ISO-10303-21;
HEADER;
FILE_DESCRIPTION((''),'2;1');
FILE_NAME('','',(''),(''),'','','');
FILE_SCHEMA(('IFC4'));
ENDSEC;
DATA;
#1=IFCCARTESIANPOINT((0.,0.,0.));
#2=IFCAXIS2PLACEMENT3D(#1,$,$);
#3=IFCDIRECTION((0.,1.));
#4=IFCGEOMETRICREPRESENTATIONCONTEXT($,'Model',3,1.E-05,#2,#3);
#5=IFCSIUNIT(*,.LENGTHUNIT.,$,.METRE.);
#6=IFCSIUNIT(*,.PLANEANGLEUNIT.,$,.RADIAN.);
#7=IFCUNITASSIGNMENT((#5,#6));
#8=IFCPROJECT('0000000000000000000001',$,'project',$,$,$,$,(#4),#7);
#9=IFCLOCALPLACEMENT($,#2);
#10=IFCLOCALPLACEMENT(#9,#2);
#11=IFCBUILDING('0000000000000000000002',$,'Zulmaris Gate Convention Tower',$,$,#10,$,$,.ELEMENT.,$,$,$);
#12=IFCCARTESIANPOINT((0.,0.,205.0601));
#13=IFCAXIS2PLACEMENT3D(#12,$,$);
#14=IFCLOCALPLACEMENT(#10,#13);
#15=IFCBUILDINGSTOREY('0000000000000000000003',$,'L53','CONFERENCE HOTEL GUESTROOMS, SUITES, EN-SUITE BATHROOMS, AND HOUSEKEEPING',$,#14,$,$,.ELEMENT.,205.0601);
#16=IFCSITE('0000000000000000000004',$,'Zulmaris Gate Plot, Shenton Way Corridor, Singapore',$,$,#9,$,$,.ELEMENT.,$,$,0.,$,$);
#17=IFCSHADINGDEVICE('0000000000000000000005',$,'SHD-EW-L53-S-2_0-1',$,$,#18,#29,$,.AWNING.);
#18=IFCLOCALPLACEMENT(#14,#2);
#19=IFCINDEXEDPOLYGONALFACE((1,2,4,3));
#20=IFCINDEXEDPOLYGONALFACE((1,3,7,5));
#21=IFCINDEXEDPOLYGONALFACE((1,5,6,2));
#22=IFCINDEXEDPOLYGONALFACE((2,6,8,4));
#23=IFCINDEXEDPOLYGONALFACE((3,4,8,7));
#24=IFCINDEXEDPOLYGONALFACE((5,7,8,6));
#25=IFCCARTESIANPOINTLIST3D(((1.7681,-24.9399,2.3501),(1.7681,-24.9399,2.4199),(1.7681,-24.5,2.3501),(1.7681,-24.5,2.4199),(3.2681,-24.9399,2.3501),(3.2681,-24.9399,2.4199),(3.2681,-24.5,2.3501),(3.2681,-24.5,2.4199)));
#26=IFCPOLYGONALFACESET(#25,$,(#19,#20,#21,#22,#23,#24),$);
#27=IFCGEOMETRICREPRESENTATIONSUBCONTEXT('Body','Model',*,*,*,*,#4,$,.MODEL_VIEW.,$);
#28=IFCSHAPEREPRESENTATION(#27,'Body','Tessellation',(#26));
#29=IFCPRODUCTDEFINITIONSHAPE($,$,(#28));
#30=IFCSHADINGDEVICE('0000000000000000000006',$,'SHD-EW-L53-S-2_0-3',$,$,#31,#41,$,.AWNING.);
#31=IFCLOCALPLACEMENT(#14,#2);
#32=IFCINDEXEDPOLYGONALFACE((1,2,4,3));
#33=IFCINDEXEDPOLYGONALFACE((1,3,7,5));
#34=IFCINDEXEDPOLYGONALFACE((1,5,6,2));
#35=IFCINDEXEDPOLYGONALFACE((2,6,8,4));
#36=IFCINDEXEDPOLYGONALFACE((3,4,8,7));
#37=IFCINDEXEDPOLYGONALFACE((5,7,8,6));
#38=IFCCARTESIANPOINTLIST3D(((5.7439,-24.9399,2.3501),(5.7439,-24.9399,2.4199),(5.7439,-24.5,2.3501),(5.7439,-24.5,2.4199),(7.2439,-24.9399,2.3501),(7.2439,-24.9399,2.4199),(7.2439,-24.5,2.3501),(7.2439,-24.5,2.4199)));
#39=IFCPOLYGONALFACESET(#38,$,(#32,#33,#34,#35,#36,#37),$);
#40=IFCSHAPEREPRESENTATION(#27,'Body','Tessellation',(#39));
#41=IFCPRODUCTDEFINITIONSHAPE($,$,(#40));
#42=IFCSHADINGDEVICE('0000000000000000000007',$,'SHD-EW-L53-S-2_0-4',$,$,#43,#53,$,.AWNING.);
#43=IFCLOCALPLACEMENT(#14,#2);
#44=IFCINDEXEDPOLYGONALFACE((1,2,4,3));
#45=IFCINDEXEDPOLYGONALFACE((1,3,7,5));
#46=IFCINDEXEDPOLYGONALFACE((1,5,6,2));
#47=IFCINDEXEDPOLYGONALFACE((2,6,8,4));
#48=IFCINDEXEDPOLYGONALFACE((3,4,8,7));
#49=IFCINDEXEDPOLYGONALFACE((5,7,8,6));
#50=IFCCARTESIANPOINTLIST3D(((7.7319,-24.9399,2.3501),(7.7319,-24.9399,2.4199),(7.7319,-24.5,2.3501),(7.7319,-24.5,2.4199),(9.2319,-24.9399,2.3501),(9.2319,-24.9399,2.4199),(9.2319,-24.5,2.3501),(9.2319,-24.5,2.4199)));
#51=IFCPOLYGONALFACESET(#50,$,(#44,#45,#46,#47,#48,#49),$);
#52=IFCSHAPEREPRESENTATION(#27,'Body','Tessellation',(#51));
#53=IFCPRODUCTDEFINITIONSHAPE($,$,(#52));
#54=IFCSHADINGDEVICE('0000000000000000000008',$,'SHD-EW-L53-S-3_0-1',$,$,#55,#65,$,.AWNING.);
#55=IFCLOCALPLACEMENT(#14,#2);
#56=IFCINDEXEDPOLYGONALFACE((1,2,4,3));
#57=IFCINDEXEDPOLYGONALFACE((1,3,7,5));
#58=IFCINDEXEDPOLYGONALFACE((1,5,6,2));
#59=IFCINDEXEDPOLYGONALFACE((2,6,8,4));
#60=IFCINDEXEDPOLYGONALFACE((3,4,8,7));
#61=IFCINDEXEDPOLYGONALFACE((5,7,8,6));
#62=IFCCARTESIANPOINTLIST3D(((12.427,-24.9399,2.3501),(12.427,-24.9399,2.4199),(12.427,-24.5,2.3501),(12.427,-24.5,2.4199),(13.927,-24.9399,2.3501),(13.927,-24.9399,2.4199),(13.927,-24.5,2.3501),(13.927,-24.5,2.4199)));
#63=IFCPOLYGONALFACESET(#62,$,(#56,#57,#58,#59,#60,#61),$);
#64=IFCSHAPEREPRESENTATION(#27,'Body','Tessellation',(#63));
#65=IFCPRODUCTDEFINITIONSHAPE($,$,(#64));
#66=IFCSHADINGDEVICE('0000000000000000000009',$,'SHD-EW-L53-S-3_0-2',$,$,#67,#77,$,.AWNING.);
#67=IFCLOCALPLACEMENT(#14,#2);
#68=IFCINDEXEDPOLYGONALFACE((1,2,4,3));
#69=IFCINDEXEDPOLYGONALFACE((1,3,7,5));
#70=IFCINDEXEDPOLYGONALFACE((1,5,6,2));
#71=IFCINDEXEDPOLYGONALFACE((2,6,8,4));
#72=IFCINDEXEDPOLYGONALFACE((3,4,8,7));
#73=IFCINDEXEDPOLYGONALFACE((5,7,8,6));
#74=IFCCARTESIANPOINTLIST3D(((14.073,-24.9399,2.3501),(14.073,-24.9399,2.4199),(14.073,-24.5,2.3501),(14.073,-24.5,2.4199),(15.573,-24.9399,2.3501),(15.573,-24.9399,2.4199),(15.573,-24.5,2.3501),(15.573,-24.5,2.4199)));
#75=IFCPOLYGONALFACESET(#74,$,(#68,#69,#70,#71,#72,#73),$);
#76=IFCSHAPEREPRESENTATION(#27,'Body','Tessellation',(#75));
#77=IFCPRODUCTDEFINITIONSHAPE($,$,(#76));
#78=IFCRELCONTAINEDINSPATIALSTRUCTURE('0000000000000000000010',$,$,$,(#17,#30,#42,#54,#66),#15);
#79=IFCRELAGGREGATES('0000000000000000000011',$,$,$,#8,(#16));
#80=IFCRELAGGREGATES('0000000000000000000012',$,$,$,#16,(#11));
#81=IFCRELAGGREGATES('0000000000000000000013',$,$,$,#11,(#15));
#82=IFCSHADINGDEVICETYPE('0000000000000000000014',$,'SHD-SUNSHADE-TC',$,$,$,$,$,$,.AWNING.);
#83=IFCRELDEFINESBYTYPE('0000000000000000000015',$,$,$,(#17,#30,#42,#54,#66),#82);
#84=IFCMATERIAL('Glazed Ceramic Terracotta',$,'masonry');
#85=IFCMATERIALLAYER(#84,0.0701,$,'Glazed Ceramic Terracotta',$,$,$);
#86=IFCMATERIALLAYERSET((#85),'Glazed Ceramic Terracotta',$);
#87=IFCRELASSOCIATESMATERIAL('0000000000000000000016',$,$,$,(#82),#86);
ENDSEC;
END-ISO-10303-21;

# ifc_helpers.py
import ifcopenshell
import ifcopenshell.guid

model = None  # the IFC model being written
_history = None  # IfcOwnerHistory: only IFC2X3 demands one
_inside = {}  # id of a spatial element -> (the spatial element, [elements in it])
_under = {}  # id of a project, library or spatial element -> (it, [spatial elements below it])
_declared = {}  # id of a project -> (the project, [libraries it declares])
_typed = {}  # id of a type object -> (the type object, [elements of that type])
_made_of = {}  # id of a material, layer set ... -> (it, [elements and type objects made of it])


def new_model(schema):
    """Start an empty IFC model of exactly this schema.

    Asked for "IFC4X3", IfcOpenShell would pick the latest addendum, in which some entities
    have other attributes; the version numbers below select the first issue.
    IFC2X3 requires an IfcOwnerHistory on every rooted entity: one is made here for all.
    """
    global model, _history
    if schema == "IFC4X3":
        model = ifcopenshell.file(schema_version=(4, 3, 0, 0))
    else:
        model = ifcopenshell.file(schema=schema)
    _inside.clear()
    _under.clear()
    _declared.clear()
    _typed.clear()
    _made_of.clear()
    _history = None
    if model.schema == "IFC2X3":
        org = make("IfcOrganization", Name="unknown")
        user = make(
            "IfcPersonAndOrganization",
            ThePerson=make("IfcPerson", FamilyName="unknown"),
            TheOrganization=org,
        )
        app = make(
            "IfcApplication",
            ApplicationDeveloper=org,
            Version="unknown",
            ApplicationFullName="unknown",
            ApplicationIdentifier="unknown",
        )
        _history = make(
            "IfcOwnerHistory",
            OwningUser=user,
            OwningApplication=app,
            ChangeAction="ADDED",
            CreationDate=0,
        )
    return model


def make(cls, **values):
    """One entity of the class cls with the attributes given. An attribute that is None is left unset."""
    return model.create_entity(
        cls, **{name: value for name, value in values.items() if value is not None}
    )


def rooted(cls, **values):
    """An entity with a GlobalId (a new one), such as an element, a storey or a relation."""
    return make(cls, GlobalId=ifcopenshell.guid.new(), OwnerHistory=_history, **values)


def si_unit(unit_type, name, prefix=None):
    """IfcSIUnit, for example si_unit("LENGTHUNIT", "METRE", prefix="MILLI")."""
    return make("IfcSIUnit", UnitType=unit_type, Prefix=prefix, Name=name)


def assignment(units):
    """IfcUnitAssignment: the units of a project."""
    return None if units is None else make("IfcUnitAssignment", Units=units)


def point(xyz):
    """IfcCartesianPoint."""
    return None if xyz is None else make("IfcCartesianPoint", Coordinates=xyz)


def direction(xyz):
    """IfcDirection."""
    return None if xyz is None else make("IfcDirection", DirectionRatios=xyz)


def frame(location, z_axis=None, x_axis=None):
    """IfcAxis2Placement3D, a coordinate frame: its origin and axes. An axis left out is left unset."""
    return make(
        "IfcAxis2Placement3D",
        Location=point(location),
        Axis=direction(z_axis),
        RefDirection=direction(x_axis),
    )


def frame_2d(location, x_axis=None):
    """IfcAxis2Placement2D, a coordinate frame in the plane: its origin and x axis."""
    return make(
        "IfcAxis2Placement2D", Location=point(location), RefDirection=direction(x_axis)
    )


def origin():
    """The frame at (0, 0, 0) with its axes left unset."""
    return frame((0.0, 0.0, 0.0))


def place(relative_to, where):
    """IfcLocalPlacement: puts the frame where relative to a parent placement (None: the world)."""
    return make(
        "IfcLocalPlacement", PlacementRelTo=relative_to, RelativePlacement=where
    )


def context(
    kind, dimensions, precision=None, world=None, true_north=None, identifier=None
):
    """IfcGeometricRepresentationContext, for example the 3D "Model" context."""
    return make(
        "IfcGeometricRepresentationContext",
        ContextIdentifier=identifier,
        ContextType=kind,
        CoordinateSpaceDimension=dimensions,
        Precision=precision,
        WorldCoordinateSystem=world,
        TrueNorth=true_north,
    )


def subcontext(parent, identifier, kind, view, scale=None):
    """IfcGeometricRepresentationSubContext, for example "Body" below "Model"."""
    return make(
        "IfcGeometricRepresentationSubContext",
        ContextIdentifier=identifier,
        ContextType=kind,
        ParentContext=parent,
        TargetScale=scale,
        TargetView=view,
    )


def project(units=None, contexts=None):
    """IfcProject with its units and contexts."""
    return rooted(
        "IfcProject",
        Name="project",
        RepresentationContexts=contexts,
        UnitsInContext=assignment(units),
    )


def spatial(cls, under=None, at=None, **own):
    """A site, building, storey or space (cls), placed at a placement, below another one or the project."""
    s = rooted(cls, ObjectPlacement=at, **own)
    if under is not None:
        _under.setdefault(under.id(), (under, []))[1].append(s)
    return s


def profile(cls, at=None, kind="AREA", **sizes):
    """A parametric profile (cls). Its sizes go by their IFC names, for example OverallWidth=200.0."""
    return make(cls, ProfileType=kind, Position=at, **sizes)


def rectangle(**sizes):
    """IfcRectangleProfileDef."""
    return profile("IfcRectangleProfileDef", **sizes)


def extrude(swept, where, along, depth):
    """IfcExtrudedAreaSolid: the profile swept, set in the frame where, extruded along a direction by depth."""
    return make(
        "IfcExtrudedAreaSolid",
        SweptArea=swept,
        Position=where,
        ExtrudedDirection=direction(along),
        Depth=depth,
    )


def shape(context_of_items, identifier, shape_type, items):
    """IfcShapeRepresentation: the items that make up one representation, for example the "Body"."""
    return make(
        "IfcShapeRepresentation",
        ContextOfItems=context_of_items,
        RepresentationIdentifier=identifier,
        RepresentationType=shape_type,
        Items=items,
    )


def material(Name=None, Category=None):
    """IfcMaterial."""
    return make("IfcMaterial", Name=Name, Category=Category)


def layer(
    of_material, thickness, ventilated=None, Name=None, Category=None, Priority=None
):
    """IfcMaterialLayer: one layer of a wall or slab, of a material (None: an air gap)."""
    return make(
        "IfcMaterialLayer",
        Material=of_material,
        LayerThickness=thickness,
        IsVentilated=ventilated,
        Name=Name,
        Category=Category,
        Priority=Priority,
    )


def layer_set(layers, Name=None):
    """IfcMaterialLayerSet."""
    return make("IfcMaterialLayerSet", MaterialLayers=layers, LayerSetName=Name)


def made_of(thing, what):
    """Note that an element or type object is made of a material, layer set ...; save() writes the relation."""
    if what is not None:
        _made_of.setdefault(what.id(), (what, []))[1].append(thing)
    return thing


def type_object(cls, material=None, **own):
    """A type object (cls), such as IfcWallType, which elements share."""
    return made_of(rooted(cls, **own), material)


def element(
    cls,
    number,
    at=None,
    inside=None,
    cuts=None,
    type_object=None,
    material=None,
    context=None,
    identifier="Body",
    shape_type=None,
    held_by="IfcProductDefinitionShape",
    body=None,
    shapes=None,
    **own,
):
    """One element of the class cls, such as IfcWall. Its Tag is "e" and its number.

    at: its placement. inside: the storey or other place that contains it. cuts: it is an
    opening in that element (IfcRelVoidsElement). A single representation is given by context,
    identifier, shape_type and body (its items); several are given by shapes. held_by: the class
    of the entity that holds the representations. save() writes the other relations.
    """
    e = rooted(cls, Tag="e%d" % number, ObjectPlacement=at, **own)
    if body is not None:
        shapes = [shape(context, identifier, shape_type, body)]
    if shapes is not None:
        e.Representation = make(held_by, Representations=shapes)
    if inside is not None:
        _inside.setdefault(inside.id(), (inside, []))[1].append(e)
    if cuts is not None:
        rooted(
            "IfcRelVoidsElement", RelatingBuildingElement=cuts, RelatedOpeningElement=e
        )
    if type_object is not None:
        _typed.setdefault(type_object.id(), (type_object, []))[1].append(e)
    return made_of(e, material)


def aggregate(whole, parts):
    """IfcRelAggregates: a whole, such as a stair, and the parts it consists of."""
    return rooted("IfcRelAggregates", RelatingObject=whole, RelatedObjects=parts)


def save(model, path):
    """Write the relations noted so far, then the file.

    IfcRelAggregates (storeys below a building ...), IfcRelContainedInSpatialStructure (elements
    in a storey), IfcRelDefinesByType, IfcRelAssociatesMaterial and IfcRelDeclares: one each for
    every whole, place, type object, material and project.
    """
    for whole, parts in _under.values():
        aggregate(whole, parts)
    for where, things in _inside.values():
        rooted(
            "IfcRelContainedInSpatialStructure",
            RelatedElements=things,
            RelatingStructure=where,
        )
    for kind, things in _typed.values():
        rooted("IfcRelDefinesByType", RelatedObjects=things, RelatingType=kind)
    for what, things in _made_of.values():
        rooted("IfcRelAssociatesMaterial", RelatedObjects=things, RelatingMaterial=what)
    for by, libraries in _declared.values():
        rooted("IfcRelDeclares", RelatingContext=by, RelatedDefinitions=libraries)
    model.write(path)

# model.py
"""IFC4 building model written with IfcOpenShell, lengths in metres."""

from ifc_helpers import new_model, si_unit, direction, frame, frame_2d, origin, place, context, subcontext, project, spatial, rectangle, extrude, material, layer, layer_set, type_object, element, save


model = new_model("IFC4")

# Units and contexts
model_context = context("Model", 3, precision=1e-05, world=origin(), true_north=direction((0.0, 1.0)))
body_context = subcontext(model_context, "Body", "Model", "MODEL_VIEW")
ifc_project = project(units=[si_unit("LENGTHUNIT", "METRE"), si_unit("PLANEANGLEUNIT", "RADIAN")], contexts=[model_context])

# Site, building, storey
site_placement = place(None, origin())
site = spatial("IfcSite", under=ifc_project, at=site_placement, Name="Zulmaris Gate Plot, Shenton Way Corridor, Singapore", CompositionType="ELEMENT", RefElevation=0.0)
building_placement = place(site_placement, origin())
building = spatial("IfcBuilding", under=site, at=building_placement, Name="Zulmaris Gate Convention Tower", CompositionType="ELEMENT")
storey_placement = place(building_placement, frame((0.0, 0.0, 205.0601)))
storey = spatial("IfcBuildingStorey", under=building, at=storey_placement, Name="L53", Description="CONFERENCE HOTEL GUESTROOMS, SUITES, EN-SUITE BATHROOMS, AND HOUSEKEEPING", CompositionType="ELEMENT", Elevation=205.0601)

# Shading devices
ifc_material_1 = material(Name="Glazed Ceramic Terracotta", Category="masonry")
ifc_layer_1 = layer(ifc_material_1, 0.0701, Name="Glazed Ceramic Terracotta")
ifc_layer_set_1 = layer_set([ifc_layer_1], Name="Glazed Ceramic Terracotta")
shading_device_type = type_object("IfcShadingDeviceType", Name="SHD-SUNSHADE-TC", PredefinedType="AWNING", material=ifc_layer_set_1)
for number, where, z_axis, x_axis, name in (
    (1, (1.7681, -24.72, 2.3501), (0.0, 0.0, 1.0), (1.0, 0.0, 0.0), "SHD-EW-L53-S-2_0-1"),
    (2, (5.7439, -24.72, 2.3501), (0.0, 0.0, 1.0), (1.0, 0.0, 0.0), "SHD-EW-L53-S-2_0-3"),
    (3, (7.7319, -24.72, 2.3501), (0.0, 0.0, 1.0), (1.0, 0.0, 0.0), "SHD-EW-L53-S-2_0-4"),
    (4, (12.427, -24.72, 2.3501), (0.0, 0.0, 1.0), (1.0, 0.0, 0.0), "SHD-EW-L53-S-3_0-1"),
    (5, (14.073, -24.72, 2.3501), (0.0, 0.0, 1.0), (1.0, 0.0, 0.0), "SHD-EW-L53-S-3_0-2"),
):
    element("IfcShadingDevice", number, at=place(storey_placement, frame(where, z_axis=z_axis, x_axis=x_axis)), inside=storey, type_object=shading_device_type, Name=name, PredefinedType="AWNING", context=body_context, shape_type="SweptSolid", body=[
        extrude(rectangle(XDim=1.5, YDim=0.4399, at=frame_2d((0.75, 0.0))), origin(), (0.0, 0.0, 1.0), 0.0698),
    ])

save(model, "model.ifc")
